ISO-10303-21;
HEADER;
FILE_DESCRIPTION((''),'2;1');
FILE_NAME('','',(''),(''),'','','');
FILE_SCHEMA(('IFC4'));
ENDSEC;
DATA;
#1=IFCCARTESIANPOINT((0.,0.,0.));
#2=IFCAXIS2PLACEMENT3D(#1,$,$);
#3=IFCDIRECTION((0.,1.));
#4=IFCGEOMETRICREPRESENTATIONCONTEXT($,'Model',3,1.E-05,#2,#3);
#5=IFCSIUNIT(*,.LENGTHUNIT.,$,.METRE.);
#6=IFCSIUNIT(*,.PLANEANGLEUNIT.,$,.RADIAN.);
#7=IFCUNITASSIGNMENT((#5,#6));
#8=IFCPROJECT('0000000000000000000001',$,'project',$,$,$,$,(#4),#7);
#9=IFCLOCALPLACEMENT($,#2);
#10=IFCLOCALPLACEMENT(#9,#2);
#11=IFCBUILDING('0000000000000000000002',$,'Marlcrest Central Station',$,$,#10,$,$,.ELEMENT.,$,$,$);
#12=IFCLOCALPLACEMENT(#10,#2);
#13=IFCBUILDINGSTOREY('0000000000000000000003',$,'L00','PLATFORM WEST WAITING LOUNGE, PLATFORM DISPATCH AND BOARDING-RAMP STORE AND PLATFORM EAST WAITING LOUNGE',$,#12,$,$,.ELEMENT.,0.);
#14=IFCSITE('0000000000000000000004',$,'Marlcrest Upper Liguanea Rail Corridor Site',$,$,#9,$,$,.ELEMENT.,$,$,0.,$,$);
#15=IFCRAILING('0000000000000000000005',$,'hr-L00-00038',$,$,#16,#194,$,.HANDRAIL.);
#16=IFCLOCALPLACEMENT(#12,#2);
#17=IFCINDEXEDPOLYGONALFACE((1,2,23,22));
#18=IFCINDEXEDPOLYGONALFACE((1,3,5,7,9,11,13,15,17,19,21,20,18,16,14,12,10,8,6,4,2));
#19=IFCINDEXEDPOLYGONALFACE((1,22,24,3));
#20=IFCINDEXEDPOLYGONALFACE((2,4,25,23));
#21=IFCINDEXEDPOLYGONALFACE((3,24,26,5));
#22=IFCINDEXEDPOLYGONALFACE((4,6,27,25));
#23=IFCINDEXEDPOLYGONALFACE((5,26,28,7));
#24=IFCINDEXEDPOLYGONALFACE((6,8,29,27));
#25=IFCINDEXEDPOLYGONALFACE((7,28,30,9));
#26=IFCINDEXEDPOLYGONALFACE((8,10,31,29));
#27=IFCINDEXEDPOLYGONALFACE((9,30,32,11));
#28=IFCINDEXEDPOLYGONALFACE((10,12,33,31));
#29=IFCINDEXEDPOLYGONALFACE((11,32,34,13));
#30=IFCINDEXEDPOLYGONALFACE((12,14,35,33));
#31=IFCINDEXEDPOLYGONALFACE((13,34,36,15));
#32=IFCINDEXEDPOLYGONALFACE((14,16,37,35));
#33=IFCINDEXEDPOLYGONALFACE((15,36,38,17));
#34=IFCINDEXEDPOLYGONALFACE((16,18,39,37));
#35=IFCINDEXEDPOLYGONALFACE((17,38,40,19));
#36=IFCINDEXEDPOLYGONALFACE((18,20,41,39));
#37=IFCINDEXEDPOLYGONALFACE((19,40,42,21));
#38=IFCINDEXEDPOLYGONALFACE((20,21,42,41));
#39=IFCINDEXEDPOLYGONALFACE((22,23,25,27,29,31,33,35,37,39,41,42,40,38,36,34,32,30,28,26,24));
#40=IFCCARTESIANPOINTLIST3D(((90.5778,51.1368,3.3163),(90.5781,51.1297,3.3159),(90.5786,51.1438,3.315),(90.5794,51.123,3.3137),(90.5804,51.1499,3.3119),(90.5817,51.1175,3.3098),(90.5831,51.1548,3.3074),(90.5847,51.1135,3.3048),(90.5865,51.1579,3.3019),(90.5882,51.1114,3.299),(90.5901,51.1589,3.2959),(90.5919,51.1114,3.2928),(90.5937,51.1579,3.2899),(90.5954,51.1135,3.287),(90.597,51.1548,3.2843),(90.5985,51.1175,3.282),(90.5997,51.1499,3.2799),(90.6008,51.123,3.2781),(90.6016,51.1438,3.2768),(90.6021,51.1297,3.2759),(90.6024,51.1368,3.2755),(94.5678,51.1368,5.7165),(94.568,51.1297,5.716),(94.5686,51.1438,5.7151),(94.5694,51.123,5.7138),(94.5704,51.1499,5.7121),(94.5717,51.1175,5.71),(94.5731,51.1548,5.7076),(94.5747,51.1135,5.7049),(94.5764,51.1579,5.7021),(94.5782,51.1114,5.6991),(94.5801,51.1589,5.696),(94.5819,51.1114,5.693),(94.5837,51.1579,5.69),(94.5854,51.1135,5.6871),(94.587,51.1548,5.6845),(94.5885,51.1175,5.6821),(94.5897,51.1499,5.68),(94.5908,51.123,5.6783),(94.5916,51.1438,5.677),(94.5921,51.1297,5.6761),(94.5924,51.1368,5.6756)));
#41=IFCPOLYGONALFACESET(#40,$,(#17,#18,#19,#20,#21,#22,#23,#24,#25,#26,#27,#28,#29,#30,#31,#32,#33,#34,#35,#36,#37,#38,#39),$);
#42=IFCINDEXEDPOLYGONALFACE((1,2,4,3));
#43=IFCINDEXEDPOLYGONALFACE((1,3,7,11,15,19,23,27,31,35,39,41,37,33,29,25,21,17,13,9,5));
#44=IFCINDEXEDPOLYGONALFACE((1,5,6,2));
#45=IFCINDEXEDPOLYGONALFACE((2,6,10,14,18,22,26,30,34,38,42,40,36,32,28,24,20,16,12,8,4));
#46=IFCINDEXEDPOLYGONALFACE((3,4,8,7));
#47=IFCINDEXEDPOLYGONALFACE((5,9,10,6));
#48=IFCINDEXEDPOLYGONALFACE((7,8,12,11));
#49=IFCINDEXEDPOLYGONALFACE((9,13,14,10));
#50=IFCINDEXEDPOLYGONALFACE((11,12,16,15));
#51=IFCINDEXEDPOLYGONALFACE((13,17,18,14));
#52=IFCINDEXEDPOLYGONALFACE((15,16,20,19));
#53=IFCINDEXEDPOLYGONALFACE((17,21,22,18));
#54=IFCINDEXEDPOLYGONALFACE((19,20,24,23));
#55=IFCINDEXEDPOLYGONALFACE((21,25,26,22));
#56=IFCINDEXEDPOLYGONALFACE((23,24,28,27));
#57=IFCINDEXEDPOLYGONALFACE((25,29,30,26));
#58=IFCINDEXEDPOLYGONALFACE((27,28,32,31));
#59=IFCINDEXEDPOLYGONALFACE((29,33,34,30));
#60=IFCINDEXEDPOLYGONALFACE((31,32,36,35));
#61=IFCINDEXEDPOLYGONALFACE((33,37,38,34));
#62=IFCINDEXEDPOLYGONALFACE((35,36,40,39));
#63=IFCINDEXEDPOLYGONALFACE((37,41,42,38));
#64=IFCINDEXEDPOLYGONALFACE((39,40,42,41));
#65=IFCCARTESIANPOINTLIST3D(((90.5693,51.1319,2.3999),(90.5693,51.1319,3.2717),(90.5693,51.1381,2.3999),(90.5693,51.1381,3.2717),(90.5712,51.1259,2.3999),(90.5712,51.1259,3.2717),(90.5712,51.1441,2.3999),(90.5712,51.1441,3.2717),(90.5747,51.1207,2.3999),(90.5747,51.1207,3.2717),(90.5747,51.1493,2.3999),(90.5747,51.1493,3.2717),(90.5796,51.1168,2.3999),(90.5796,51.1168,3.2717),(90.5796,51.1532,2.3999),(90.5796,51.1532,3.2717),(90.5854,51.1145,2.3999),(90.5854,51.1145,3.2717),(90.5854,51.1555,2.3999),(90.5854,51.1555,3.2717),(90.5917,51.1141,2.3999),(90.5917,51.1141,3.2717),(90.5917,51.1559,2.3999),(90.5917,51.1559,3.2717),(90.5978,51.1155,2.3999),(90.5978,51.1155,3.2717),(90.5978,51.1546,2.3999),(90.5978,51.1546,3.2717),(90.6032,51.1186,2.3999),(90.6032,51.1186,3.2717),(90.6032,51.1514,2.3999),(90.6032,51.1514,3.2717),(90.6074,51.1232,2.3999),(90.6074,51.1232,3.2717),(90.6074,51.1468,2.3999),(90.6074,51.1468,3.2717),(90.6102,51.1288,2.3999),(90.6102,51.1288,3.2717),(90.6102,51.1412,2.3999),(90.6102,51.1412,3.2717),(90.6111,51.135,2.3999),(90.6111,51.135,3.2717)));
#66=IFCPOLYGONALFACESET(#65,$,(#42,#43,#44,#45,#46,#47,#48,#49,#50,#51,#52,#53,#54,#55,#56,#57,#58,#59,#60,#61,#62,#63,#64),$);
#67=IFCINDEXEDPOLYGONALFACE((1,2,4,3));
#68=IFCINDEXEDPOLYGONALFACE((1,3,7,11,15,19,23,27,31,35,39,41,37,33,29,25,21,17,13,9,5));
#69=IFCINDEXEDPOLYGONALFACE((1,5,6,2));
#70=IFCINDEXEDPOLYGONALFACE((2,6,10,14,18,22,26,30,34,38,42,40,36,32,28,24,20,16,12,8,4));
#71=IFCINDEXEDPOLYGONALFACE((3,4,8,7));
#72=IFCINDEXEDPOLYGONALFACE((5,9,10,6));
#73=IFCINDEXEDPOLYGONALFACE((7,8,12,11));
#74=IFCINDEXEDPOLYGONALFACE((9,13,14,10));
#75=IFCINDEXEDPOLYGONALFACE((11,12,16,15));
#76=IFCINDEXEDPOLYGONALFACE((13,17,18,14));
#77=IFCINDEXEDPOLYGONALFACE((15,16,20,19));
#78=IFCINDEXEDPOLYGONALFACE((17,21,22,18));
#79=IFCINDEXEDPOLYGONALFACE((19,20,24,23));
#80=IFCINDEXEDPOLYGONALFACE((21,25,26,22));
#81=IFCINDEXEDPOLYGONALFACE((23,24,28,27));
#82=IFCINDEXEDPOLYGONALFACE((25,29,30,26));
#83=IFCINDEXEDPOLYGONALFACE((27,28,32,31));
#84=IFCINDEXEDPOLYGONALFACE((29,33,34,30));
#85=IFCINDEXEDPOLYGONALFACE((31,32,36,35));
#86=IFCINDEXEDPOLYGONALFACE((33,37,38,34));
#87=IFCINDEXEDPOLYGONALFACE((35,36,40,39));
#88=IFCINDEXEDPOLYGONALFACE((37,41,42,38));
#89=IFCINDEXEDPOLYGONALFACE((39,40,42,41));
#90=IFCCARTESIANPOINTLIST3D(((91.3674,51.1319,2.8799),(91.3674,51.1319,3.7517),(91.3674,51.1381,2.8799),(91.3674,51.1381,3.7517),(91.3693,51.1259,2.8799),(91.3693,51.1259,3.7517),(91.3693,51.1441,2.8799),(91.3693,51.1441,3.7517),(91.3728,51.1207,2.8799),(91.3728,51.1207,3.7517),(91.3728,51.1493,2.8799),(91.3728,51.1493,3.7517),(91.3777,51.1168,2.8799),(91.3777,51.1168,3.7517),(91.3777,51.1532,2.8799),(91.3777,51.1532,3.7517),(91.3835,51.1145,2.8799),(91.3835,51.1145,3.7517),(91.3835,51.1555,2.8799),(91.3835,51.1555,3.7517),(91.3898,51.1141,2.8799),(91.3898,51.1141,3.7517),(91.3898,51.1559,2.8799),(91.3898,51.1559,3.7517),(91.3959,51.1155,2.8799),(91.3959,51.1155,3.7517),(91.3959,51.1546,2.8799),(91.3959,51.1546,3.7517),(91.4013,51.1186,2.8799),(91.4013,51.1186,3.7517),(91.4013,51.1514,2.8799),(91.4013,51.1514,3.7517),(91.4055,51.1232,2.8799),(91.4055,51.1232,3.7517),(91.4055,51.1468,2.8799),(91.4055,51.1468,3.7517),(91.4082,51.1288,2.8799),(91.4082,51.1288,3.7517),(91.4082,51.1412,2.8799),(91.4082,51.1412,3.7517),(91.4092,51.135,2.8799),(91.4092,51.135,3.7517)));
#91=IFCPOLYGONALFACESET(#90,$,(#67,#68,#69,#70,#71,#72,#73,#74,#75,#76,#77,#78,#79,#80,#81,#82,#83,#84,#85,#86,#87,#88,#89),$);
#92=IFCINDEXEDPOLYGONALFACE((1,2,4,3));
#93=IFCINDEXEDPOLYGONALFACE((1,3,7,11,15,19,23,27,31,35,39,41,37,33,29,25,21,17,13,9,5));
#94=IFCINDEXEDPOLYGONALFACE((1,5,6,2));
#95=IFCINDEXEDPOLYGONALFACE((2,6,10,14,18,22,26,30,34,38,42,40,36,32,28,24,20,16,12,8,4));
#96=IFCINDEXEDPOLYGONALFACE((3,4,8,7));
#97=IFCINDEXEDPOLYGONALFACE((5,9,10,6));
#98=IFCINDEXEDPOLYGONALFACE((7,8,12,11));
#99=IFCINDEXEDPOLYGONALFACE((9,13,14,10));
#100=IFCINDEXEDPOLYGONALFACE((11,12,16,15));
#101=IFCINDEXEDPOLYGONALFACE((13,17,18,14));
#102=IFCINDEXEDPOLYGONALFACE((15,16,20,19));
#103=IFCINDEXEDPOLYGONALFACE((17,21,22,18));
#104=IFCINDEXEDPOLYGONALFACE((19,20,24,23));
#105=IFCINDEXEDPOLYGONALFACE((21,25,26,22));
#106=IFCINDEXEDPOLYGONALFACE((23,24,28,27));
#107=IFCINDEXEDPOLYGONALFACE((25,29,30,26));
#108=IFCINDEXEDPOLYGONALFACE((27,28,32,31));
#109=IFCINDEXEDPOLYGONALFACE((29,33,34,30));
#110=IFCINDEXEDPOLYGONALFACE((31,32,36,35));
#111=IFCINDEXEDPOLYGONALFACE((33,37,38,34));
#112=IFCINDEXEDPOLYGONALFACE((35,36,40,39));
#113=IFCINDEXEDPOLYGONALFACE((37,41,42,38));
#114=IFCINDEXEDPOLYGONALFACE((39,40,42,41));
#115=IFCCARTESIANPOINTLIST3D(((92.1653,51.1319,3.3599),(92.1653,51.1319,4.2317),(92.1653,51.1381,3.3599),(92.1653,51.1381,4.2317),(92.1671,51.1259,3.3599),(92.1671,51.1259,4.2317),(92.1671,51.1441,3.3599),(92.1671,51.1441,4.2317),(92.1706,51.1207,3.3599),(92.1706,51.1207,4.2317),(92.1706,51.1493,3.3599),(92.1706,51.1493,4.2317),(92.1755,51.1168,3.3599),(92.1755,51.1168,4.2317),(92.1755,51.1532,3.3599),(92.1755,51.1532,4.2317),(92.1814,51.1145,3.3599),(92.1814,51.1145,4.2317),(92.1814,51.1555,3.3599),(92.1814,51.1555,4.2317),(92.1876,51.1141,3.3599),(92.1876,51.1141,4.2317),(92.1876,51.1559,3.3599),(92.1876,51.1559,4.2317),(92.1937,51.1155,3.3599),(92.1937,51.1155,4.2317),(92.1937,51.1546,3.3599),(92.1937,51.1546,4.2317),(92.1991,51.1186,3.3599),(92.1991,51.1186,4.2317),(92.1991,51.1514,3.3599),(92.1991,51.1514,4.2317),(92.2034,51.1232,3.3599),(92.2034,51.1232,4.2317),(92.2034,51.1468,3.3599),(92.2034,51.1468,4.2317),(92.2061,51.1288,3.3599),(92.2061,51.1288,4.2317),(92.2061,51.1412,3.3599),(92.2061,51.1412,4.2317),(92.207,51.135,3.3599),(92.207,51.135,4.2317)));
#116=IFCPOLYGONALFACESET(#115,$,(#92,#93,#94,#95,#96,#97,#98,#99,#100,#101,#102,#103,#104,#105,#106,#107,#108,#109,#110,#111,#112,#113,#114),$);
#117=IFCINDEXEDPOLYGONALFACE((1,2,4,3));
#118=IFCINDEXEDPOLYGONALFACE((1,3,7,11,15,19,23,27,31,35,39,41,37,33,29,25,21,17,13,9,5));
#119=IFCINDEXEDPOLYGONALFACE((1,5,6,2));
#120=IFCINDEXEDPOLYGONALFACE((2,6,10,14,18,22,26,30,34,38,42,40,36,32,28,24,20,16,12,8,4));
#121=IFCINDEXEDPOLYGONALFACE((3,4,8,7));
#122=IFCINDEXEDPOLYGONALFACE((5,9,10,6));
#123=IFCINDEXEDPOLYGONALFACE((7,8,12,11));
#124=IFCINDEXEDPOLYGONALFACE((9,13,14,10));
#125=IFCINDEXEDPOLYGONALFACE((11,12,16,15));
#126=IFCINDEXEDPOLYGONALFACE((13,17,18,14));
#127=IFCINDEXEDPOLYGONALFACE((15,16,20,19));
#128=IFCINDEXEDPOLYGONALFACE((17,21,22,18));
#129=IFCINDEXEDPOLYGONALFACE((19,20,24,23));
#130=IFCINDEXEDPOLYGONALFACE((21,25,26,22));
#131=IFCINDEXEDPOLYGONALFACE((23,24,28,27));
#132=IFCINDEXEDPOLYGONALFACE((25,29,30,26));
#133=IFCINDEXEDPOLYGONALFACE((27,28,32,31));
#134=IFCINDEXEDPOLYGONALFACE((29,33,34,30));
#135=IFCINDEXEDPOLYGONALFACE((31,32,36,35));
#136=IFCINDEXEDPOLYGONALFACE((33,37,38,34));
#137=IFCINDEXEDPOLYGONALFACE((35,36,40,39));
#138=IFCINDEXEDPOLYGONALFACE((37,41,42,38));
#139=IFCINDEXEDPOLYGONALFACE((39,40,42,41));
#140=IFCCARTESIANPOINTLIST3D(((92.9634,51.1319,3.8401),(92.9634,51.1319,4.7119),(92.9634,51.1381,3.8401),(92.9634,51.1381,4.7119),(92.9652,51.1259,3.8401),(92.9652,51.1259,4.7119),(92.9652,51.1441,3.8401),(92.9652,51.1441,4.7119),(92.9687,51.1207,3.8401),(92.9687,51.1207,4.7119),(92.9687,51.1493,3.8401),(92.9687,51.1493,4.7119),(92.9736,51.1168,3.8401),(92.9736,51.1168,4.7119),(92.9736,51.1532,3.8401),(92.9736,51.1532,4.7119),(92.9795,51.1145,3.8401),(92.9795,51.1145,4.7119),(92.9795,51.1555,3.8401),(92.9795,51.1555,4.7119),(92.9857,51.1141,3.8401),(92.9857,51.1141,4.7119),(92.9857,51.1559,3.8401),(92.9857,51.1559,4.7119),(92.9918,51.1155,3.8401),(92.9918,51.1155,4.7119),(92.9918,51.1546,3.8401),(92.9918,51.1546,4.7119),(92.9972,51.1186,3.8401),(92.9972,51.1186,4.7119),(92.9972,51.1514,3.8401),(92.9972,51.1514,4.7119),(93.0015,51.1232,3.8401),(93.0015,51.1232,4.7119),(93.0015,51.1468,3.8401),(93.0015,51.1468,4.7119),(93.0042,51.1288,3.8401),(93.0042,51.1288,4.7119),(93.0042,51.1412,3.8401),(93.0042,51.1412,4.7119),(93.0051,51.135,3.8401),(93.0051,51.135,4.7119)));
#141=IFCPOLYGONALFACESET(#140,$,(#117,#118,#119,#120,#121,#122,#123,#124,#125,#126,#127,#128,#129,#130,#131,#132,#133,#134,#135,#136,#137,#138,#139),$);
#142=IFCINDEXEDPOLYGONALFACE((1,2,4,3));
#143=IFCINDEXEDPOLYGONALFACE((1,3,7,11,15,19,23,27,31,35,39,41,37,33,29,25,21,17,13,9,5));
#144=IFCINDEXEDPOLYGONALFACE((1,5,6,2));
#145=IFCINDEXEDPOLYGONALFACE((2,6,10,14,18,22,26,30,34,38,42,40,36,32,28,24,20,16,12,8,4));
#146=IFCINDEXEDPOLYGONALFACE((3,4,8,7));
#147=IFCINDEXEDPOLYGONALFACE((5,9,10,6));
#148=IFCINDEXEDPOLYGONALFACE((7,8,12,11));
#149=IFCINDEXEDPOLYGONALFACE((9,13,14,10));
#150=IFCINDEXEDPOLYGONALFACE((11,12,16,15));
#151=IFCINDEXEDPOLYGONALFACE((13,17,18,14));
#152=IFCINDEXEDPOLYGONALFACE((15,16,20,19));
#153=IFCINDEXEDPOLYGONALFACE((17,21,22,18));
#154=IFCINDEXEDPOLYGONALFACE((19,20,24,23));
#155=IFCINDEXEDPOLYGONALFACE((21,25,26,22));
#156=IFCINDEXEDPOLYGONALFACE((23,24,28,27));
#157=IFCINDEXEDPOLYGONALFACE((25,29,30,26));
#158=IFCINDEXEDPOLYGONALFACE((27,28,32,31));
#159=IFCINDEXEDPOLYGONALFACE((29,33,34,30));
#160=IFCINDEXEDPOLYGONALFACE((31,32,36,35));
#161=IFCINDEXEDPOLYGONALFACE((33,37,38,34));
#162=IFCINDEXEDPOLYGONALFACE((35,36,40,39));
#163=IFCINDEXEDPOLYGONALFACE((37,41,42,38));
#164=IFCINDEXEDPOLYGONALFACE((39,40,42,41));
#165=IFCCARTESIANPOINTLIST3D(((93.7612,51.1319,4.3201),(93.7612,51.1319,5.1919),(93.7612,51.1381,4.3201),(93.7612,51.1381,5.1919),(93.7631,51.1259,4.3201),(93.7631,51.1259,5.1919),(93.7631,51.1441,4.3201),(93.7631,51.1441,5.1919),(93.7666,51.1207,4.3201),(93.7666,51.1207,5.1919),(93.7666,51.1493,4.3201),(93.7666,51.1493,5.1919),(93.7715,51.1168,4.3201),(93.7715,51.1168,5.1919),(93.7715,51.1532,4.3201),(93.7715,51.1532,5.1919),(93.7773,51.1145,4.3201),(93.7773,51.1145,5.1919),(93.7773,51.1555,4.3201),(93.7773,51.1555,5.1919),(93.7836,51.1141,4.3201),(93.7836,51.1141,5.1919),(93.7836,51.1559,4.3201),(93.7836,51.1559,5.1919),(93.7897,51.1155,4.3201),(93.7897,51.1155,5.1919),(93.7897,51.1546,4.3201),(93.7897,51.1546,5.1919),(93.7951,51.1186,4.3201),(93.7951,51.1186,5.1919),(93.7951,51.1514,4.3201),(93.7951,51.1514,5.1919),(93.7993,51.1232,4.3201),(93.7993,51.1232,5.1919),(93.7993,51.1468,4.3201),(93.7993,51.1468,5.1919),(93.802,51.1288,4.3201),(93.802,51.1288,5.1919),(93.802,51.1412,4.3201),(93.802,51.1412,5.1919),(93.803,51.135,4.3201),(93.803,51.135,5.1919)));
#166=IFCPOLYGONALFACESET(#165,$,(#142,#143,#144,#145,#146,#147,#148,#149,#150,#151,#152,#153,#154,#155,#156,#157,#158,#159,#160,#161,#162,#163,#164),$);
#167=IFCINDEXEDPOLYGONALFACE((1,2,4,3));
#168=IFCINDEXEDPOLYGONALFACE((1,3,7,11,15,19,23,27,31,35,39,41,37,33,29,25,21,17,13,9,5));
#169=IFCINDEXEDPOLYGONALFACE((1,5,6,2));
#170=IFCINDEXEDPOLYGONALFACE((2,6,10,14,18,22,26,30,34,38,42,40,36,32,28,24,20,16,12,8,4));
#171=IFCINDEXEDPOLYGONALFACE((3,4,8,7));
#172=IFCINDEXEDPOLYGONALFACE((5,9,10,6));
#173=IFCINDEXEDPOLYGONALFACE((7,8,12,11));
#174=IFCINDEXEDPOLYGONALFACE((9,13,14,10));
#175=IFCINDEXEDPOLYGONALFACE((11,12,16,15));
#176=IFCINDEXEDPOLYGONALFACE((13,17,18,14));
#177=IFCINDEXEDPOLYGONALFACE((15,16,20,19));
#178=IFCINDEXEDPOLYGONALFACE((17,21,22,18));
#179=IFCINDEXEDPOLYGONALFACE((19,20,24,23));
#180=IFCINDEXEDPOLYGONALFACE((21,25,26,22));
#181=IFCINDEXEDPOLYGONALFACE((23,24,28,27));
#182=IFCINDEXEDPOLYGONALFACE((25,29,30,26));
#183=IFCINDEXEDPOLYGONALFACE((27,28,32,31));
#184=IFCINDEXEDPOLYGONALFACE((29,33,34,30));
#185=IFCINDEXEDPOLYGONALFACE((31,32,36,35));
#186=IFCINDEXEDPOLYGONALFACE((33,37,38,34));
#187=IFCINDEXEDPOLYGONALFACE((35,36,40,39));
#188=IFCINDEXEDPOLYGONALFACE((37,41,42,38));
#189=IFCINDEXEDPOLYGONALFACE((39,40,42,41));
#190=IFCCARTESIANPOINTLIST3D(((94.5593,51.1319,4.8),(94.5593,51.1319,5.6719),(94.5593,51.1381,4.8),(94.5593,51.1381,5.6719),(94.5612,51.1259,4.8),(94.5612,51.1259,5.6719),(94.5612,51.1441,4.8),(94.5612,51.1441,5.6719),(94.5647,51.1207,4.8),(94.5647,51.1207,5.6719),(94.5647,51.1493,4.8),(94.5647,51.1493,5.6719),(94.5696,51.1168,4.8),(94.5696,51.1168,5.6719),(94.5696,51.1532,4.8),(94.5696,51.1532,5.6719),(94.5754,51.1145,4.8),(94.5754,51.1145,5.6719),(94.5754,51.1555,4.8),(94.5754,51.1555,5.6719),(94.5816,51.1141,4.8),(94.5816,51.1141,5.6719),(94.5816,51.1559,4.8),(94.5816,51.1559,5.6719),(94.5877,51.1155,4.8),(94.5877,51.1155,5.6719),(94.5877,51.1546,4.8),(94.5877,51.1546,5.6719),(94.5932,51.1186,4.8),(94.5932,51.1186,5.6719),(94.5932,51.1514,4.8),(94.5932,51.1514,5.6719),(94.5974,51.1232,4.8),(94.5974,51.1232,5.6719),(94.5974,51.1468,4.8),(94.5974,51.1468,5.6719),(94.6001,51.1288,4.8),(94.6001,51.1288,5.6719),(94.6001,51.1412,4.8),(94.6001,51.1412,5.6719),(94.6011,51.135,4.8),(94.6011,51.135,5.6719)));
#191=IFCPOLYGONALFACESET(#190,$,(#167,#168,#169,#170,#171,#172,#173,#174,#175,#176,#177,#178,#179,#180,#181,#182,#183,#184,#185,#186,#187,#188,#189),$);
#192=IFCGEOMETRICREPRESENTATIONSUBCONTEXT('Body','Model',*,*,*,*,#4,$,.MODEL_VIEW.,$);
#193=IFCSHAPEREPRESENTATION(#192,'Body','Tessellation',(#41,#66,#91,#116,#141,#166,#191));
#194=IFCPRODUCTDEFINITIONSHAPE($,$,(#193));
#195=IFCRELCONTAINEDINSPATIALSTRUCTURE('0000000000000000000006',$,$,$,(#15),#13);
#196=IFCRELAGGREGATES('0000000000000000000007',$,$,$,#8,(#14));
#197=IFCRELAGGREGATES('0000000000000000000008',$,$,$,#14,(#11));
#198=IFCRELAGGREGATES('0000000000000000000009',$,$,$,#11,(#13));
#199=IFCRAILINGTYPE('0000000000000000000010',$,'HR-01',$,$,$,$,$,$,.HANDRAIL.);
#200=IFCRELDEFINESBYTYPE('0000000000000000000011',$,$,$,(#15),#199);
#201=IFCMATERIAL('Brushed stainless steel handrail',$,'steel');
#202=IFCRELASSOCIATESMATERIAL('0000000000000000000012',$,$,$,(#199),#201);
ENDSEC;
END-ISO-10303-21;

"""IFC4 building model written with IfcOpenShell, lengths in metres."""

from ifc_helpers import new_model, si_unit, direction, frame, origin, origin_2d, place, context, subcontext, project, spatial, circle, extrude, material, type_object, element, save


model = new_model("IFC4")

# Units and contexts
model_context = context("Model", 3, precision=1e-05, world=origin(), true_north=direction((0.0, 1.0)))
body_context = subcontext(model_context, "Body", "Model", "MODEL_VIEW")
ifc_project = project(units=[si_unit("LENGTHUNIT", "METRE"), si_unit("PLANEANGLEUNIT", "RADIAN")], contexts=[model_context])

# Site, building, storey
site_placement = place(None, origin())
site = spatial("IfcSite", under=ifc_project, at=site_placement, Name="Marlcrest Upper Liguanea Rail Corridor Site", CompositionType="ELEMENT", RefElevation=0.0)
building_placement = place(site_placement, origin())
building = spatial("IfcBuilding", under=site, at=building_placement, Name="Marlcrest Central Station", CompositionType="ELEMENT")
storey_placement = place(building_placement, origin())
storey = spatial("IfcBuildingStorey", under=building, at=storey_placement, Name="L00", Description="PLATFORM WEST WAITING LOUNGE, PLATFORM DISPATCH AND BOARDING-RAMP STORE AND PLATFORM EAST WAITING LOUNGE", CompositionType="ELEMENT", Elevation=0.0)

# Railing
ifc_material_1 = material(Name="Brushed stainless steel handrail", Category="steel")
railing_type = type_object("IfcRailingType", Name="HR-01", PredefinedType="HANDRAIL", material=ifc_material_1)
railing_1_placement = place(storey_placement, frame((90.5901, 51.135, 2.3999)))
element("IfcRailing", 1, at=railing_1_placement, inside=storey, type_object=railing_type, Name="hr-L00-00038", PredefinedType="HANDRAIL", context=body_context, shape_type="SweptSolid", body=[
    extrude(circle(Radius=0.0239, at=origin_2d()), frame((0.0, 0.0, 0.896), z_axis=(0.856909, 0.0, 0.515467), x_axis=(0.0, 1.0, 0.0)), (0.0, 0.0, 1.0), 4.6562),
    extrude(circle(Radius=0.021, at=origin_2d()), origin(), (0.0, 0.0, 1.0), 0.8718),
    extrude(circle(Radius=0.021, at=origin_2d()), frame((0.7981, 0.0, 0.48)), (0.0, 0.0, 1.0), 0.8718),
    extrude(circle(Radius=0.021, at=origin_2d()), frame((1.5959, 0.0, 0.96)), (0.0, 0.0, 1.0), 0.8718),
    extrude(circle(Radius=0.021, at=origin_2d()), frame((2.394, 0.0, 1.4402)), (0.0, 0.0, 1.0), 0.8718),
    extrude(circle(Radius=0.021, at=origin_2d()), frame((3.1919, 0.0, 1.9202)), (0.0, 0.0, 1.0), 0.8718),
    extrude(circle(Radius=0.021, at=origin_2d()), frame((3.99, 0.0, 2.4001)), (0.0, 0.0, 1.0), 0.8718),
])

save(model, "model.ifc")
